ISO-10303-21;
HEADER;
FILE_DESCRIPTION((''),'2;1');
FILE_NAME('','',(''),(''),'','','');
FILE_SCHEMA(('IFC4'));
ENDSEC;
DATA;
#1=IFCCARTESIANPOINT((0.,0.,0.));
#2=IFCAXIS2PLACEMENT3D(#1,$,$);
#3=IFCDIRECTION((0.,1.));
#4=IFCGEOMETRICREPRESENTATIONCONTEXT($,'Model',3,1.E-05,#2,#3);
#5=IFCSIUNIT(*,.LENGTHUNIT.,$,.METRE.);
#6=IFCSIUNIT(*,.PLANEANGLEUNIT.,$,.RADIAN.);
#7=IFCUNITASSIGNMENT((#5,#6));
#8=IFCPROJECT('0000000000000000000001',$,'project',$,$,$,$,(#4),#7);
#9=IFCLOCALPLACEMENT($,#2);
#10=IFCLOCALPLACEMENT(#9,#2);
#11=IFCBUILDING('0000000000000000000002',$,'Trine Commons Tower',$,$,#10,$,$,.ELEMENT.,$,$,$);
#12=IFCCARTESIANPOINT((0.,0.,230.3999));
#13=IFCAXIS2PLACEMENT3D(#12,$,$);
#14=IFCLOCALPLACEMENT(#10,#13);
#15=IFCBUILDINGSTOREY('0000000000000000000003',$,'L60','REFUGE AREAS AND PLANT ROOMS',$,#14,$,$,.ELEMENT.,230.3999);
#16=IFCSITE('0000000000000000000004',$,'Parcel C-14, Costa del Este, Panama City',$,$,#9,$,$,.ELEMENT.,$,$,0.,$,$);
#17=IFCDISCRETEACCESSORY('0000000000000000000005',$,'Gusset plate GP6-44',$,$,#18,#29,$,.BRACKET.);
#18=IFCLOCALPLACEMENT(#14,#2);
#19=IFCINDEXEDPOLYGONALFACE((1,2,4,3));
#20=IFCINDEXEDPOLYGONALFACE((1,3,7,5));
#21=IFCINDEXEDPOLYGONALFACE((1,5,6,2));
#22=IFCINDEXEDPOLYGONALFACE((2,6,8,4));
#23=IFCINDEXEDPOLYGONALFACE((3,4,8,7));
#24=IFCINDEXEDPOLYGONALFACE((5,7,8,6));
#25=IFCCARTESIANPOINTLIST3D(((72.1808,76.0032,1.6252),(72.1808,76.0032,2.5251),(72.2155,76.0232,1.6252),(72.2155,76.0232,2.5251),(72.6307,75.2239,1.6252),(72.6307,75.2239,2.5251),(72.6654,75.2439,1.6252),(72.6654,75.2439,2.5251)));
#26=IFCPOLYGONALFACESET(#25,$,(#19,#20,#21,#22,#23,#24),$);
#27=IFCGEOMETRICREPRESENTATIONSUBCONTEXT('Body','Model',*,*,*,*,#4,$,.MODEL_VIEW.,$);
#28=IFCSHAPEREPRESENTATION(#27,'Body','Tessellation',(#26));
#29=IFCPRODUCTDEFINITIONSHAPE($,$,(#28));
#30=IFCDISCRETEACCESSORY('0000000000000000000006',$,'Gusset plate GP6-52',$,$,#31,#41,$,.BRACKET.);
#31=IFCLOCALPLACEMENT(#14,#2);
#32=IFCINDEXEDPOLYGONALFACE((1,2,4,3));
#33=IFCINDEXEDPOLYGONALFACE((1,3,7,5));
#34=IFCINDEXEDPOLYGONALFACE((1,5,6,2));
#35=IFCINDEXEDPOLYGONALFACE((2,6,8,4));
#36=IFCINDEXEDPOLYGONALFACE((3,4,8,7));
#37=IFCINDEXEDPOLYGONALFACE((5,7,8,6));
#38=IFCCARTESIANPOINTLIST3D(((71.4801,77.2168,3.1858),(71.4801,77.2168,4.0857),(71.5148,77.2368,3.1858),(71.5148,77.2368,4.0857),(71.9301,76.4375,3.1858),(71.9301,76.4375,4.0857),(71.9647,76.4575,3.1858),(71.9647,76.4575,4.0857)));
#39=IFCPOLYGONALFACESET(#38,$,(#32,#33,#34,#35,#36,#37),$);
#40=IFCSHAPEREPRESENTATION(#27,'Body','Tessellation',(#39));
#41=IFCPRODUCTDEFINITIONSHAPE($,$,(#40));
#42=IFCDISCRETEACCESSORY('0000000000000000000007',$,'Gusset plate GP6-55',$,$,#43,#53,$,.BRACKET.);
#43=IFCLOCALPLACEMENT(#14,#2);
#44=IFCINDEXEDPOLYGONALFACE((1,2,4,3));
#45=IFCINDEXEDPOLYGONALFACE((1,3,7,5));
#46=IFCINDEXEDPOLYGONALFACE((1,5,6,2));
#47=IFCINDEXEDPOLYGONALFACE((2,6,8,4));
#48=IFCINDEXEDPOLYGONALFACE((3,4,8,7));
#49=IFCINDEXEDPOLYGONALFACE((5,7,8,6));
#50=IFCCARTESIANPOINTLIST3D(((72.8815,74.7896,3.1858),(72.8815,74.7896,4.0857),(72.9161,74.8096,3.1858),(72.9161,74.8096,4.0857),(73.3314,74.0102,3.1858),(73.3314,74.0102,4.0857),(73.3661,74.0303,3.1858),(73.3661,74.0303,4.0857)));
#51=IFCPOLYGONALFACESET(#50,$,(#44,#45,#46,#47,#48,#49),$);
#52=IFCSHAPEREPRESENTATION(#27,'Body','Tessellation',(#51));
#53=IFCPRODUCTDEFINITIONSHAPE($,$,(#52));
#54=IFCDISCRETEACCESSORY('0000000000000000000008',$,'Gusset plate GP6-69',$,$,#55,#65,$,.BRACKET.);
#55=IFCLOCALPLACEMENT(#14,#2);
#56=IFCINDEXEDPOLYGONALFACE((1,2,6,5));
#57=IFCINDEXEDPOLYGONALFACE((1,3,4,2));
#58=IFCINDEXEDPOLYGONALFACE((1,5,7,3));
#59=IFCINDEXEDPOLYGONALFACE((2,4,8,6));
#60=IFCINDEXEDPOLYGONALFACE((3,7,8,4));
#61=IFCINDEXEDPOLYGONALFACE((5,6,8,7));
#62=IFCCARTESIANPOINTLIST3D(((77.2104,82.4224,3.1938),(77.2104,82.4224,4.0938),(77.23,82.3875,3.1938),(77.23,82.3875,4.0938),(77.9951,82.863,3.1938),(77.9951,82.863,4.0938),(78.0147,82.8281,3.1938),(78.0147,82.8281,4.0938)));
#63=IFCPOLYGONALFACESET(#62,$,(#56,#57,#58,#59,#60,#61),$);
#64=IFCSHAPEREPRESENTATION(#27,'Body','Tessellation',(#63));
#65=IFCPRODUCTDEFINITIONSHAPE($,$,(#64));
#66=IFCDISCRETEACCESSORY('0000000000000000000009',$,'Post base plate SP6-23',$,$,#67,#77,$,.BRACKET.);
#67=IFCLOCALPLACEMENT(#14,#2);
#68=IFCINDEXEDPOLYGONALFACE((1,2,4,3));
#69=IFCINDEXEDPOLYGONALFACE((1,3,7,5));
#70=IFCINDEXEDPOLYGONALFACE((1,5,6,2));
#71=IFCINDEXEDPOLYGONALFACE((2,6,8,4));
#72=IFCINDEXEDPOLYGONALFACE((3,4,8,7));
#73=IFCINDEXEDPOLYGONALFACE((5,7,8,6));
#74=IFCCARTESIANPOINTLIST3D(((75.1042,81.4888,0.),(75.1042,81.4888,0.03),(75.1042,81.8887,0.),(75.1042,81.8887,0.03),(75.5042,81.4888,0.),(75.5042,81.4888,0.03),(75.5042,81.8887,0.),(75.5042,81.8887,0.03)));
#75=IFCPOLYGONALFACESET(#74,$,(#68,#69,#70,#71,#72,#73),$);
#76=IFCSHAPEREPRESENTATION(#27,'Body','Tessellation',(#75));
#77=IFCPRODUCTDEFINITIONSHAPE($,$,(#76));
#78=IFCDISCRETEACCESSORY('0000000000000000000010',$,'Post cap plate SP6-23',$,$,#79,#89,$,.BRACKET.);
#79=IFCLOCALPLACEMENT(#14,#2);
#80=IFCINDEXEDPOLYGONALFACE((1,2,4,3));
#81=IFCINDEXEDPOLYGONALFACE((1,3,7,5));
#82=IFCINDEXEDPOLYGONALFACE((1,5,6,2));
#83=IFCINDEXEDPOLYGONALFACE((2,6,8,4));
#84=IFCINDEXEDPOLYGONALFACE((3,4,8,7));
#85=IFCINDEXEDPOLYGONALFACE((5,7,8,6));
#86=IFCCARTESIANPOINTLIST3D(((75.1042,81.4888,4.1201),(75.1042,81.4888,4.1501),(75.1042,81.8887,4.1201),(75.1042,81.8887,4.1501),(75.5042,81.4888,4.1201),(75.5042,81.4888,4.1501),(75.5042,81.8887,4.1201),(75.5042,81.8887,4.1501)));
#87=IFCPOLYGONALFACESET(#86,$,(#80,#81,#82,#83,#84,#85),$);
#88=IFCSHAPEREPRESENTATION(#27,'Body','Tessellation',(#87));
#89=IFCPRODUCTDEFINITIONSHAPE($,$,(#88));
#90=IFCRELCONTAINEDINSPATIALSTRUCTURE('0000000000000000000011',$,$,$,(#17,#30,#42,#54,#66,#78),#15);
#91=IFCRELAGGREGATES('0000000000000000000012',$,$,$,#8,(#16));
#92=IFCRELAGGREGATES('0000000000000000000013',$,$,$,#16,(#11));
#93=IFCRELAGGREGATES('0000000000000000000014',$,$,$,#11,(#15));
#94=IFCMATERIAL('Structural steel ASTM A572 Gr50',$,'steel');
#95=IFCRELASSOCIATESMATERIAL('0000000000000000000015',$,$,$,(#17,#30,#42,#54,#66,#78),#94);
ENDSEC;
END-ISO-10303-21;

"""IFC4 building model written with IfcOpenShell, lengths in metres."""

from ifc_helpers import new_model, si_unit, direction, frame, origin, origin_2d, place, context, subcontext, project, spatial, rectangle, extrude, material, element, save


model = new_model("IFC4")

# Units and contexts
model_context = context("Model", 3, precision=1e-05, world=origin(), true_north=direction((0.0, 1.0)))
body_context = subcontext(model_context, "Body", "Model", "MODEL_VIEW")
ifc_project = project(units=[si_unit("LENGTHUNIT", "METRE"), si_unit("PLANEANGLEUNIT", "RADIAN")], contexts=[model_context])

# Site, building, storey
site_placement = place(None, origin())
site = spatial("IfcSite", under=ifc_project, at=site_placement, Name="Parcel C-14, Costa del Este, Panama City", CompositionType="ELEMENT", RefElevation=0.0)
building_placement = place(site_placement, origin())
building = spatial("IfcBuilding", under=site, at=building_placement, Name="Trine Commons Tower", CompositionType="ELEMENT")
storey_placement = place(building_placement, frame((0.0, 0.0, 230.3999)))
storey = spatial("IfcBuildingStorey", under=building, at=storey_placement, Name="L60", Description="REFUGE AREAS AND PLANT ROOMS", CompositionType="ELEMENT", Elevation=230.3999)

# Discrete accessories
ifc_material_1 = material(Name="Structural steel ASTM A572 Gr50", Category="steel")
for number, where, z_axis, x_axis, name in (
    (1, (72.4231, 75.6235, 1.6252), (0.0, 0.0, 1.0), (-0.499985, 0.866034, 0.0), "Gusset plate GP6-44"),
    (2, (71.7224, 76.8372, 3.1858), (0.0, 0.0, 1.0), (-0.5, 0.866025, 0.0), "Gusset plate GP6-52"),
    (3, (73.1238, 74.4099, 3.1858), (0.0, 0.0, 1.0), (-0.5, 0.866025, 0.0), "Gusset plate GP6-55"),
    (4, (77.6125, 82.6252, 3.1938), (0.0, 0.0, 1.0), (0.871907, 0.489672, 0.0), "Gusset plate GP6-69"),
):
    element("IfcDiscreteAccessory", number, at=place(storey_placement, frame(where, z_axis=z_axis, x_axis=x_axis)), inside=storey, material=ifc_material_1, Name=name, PredefinedType="BRACKET", context=body_context, shape_type="SweptSolid", body=[
        extrude(rectangle(XDim=0.8999, YDim=0.04, at=origin_2d()), origin(), (0.0, 0.0, 1.0), 0.8999),
    ])
for number, where, z_axis, x_axis, name in (
    (5, (75.3042, 81.6887, 0.0), (0.0, 0.0, 1.0), (1.0, 0.0, 0.0), "Post base plate SP6-23"),
    (6, (75.3042, 81.6887, 4.1201), (0.0, 0.0, 1.0), (1.0, 0.0, 0.0), "Post cap plate SP6-23"),
):
    element("IfcDiscreteAccessory", number, at=place(storey_placement, frame(where, z_axis=z_axis, x_axis=x_axis)), inside=storey, material=ifc_material_1, Name=name, PredefinedType="BRACKET", context=body_context, shape_type="SweptSolid", body=[
        extrude(rectangle(XDim=0.3999, YDim=0.3999, at=origin_2d()), origin(), (0.0, 0.0, 1.0), 0.03),
    ])

save(model, "model.ifc")
